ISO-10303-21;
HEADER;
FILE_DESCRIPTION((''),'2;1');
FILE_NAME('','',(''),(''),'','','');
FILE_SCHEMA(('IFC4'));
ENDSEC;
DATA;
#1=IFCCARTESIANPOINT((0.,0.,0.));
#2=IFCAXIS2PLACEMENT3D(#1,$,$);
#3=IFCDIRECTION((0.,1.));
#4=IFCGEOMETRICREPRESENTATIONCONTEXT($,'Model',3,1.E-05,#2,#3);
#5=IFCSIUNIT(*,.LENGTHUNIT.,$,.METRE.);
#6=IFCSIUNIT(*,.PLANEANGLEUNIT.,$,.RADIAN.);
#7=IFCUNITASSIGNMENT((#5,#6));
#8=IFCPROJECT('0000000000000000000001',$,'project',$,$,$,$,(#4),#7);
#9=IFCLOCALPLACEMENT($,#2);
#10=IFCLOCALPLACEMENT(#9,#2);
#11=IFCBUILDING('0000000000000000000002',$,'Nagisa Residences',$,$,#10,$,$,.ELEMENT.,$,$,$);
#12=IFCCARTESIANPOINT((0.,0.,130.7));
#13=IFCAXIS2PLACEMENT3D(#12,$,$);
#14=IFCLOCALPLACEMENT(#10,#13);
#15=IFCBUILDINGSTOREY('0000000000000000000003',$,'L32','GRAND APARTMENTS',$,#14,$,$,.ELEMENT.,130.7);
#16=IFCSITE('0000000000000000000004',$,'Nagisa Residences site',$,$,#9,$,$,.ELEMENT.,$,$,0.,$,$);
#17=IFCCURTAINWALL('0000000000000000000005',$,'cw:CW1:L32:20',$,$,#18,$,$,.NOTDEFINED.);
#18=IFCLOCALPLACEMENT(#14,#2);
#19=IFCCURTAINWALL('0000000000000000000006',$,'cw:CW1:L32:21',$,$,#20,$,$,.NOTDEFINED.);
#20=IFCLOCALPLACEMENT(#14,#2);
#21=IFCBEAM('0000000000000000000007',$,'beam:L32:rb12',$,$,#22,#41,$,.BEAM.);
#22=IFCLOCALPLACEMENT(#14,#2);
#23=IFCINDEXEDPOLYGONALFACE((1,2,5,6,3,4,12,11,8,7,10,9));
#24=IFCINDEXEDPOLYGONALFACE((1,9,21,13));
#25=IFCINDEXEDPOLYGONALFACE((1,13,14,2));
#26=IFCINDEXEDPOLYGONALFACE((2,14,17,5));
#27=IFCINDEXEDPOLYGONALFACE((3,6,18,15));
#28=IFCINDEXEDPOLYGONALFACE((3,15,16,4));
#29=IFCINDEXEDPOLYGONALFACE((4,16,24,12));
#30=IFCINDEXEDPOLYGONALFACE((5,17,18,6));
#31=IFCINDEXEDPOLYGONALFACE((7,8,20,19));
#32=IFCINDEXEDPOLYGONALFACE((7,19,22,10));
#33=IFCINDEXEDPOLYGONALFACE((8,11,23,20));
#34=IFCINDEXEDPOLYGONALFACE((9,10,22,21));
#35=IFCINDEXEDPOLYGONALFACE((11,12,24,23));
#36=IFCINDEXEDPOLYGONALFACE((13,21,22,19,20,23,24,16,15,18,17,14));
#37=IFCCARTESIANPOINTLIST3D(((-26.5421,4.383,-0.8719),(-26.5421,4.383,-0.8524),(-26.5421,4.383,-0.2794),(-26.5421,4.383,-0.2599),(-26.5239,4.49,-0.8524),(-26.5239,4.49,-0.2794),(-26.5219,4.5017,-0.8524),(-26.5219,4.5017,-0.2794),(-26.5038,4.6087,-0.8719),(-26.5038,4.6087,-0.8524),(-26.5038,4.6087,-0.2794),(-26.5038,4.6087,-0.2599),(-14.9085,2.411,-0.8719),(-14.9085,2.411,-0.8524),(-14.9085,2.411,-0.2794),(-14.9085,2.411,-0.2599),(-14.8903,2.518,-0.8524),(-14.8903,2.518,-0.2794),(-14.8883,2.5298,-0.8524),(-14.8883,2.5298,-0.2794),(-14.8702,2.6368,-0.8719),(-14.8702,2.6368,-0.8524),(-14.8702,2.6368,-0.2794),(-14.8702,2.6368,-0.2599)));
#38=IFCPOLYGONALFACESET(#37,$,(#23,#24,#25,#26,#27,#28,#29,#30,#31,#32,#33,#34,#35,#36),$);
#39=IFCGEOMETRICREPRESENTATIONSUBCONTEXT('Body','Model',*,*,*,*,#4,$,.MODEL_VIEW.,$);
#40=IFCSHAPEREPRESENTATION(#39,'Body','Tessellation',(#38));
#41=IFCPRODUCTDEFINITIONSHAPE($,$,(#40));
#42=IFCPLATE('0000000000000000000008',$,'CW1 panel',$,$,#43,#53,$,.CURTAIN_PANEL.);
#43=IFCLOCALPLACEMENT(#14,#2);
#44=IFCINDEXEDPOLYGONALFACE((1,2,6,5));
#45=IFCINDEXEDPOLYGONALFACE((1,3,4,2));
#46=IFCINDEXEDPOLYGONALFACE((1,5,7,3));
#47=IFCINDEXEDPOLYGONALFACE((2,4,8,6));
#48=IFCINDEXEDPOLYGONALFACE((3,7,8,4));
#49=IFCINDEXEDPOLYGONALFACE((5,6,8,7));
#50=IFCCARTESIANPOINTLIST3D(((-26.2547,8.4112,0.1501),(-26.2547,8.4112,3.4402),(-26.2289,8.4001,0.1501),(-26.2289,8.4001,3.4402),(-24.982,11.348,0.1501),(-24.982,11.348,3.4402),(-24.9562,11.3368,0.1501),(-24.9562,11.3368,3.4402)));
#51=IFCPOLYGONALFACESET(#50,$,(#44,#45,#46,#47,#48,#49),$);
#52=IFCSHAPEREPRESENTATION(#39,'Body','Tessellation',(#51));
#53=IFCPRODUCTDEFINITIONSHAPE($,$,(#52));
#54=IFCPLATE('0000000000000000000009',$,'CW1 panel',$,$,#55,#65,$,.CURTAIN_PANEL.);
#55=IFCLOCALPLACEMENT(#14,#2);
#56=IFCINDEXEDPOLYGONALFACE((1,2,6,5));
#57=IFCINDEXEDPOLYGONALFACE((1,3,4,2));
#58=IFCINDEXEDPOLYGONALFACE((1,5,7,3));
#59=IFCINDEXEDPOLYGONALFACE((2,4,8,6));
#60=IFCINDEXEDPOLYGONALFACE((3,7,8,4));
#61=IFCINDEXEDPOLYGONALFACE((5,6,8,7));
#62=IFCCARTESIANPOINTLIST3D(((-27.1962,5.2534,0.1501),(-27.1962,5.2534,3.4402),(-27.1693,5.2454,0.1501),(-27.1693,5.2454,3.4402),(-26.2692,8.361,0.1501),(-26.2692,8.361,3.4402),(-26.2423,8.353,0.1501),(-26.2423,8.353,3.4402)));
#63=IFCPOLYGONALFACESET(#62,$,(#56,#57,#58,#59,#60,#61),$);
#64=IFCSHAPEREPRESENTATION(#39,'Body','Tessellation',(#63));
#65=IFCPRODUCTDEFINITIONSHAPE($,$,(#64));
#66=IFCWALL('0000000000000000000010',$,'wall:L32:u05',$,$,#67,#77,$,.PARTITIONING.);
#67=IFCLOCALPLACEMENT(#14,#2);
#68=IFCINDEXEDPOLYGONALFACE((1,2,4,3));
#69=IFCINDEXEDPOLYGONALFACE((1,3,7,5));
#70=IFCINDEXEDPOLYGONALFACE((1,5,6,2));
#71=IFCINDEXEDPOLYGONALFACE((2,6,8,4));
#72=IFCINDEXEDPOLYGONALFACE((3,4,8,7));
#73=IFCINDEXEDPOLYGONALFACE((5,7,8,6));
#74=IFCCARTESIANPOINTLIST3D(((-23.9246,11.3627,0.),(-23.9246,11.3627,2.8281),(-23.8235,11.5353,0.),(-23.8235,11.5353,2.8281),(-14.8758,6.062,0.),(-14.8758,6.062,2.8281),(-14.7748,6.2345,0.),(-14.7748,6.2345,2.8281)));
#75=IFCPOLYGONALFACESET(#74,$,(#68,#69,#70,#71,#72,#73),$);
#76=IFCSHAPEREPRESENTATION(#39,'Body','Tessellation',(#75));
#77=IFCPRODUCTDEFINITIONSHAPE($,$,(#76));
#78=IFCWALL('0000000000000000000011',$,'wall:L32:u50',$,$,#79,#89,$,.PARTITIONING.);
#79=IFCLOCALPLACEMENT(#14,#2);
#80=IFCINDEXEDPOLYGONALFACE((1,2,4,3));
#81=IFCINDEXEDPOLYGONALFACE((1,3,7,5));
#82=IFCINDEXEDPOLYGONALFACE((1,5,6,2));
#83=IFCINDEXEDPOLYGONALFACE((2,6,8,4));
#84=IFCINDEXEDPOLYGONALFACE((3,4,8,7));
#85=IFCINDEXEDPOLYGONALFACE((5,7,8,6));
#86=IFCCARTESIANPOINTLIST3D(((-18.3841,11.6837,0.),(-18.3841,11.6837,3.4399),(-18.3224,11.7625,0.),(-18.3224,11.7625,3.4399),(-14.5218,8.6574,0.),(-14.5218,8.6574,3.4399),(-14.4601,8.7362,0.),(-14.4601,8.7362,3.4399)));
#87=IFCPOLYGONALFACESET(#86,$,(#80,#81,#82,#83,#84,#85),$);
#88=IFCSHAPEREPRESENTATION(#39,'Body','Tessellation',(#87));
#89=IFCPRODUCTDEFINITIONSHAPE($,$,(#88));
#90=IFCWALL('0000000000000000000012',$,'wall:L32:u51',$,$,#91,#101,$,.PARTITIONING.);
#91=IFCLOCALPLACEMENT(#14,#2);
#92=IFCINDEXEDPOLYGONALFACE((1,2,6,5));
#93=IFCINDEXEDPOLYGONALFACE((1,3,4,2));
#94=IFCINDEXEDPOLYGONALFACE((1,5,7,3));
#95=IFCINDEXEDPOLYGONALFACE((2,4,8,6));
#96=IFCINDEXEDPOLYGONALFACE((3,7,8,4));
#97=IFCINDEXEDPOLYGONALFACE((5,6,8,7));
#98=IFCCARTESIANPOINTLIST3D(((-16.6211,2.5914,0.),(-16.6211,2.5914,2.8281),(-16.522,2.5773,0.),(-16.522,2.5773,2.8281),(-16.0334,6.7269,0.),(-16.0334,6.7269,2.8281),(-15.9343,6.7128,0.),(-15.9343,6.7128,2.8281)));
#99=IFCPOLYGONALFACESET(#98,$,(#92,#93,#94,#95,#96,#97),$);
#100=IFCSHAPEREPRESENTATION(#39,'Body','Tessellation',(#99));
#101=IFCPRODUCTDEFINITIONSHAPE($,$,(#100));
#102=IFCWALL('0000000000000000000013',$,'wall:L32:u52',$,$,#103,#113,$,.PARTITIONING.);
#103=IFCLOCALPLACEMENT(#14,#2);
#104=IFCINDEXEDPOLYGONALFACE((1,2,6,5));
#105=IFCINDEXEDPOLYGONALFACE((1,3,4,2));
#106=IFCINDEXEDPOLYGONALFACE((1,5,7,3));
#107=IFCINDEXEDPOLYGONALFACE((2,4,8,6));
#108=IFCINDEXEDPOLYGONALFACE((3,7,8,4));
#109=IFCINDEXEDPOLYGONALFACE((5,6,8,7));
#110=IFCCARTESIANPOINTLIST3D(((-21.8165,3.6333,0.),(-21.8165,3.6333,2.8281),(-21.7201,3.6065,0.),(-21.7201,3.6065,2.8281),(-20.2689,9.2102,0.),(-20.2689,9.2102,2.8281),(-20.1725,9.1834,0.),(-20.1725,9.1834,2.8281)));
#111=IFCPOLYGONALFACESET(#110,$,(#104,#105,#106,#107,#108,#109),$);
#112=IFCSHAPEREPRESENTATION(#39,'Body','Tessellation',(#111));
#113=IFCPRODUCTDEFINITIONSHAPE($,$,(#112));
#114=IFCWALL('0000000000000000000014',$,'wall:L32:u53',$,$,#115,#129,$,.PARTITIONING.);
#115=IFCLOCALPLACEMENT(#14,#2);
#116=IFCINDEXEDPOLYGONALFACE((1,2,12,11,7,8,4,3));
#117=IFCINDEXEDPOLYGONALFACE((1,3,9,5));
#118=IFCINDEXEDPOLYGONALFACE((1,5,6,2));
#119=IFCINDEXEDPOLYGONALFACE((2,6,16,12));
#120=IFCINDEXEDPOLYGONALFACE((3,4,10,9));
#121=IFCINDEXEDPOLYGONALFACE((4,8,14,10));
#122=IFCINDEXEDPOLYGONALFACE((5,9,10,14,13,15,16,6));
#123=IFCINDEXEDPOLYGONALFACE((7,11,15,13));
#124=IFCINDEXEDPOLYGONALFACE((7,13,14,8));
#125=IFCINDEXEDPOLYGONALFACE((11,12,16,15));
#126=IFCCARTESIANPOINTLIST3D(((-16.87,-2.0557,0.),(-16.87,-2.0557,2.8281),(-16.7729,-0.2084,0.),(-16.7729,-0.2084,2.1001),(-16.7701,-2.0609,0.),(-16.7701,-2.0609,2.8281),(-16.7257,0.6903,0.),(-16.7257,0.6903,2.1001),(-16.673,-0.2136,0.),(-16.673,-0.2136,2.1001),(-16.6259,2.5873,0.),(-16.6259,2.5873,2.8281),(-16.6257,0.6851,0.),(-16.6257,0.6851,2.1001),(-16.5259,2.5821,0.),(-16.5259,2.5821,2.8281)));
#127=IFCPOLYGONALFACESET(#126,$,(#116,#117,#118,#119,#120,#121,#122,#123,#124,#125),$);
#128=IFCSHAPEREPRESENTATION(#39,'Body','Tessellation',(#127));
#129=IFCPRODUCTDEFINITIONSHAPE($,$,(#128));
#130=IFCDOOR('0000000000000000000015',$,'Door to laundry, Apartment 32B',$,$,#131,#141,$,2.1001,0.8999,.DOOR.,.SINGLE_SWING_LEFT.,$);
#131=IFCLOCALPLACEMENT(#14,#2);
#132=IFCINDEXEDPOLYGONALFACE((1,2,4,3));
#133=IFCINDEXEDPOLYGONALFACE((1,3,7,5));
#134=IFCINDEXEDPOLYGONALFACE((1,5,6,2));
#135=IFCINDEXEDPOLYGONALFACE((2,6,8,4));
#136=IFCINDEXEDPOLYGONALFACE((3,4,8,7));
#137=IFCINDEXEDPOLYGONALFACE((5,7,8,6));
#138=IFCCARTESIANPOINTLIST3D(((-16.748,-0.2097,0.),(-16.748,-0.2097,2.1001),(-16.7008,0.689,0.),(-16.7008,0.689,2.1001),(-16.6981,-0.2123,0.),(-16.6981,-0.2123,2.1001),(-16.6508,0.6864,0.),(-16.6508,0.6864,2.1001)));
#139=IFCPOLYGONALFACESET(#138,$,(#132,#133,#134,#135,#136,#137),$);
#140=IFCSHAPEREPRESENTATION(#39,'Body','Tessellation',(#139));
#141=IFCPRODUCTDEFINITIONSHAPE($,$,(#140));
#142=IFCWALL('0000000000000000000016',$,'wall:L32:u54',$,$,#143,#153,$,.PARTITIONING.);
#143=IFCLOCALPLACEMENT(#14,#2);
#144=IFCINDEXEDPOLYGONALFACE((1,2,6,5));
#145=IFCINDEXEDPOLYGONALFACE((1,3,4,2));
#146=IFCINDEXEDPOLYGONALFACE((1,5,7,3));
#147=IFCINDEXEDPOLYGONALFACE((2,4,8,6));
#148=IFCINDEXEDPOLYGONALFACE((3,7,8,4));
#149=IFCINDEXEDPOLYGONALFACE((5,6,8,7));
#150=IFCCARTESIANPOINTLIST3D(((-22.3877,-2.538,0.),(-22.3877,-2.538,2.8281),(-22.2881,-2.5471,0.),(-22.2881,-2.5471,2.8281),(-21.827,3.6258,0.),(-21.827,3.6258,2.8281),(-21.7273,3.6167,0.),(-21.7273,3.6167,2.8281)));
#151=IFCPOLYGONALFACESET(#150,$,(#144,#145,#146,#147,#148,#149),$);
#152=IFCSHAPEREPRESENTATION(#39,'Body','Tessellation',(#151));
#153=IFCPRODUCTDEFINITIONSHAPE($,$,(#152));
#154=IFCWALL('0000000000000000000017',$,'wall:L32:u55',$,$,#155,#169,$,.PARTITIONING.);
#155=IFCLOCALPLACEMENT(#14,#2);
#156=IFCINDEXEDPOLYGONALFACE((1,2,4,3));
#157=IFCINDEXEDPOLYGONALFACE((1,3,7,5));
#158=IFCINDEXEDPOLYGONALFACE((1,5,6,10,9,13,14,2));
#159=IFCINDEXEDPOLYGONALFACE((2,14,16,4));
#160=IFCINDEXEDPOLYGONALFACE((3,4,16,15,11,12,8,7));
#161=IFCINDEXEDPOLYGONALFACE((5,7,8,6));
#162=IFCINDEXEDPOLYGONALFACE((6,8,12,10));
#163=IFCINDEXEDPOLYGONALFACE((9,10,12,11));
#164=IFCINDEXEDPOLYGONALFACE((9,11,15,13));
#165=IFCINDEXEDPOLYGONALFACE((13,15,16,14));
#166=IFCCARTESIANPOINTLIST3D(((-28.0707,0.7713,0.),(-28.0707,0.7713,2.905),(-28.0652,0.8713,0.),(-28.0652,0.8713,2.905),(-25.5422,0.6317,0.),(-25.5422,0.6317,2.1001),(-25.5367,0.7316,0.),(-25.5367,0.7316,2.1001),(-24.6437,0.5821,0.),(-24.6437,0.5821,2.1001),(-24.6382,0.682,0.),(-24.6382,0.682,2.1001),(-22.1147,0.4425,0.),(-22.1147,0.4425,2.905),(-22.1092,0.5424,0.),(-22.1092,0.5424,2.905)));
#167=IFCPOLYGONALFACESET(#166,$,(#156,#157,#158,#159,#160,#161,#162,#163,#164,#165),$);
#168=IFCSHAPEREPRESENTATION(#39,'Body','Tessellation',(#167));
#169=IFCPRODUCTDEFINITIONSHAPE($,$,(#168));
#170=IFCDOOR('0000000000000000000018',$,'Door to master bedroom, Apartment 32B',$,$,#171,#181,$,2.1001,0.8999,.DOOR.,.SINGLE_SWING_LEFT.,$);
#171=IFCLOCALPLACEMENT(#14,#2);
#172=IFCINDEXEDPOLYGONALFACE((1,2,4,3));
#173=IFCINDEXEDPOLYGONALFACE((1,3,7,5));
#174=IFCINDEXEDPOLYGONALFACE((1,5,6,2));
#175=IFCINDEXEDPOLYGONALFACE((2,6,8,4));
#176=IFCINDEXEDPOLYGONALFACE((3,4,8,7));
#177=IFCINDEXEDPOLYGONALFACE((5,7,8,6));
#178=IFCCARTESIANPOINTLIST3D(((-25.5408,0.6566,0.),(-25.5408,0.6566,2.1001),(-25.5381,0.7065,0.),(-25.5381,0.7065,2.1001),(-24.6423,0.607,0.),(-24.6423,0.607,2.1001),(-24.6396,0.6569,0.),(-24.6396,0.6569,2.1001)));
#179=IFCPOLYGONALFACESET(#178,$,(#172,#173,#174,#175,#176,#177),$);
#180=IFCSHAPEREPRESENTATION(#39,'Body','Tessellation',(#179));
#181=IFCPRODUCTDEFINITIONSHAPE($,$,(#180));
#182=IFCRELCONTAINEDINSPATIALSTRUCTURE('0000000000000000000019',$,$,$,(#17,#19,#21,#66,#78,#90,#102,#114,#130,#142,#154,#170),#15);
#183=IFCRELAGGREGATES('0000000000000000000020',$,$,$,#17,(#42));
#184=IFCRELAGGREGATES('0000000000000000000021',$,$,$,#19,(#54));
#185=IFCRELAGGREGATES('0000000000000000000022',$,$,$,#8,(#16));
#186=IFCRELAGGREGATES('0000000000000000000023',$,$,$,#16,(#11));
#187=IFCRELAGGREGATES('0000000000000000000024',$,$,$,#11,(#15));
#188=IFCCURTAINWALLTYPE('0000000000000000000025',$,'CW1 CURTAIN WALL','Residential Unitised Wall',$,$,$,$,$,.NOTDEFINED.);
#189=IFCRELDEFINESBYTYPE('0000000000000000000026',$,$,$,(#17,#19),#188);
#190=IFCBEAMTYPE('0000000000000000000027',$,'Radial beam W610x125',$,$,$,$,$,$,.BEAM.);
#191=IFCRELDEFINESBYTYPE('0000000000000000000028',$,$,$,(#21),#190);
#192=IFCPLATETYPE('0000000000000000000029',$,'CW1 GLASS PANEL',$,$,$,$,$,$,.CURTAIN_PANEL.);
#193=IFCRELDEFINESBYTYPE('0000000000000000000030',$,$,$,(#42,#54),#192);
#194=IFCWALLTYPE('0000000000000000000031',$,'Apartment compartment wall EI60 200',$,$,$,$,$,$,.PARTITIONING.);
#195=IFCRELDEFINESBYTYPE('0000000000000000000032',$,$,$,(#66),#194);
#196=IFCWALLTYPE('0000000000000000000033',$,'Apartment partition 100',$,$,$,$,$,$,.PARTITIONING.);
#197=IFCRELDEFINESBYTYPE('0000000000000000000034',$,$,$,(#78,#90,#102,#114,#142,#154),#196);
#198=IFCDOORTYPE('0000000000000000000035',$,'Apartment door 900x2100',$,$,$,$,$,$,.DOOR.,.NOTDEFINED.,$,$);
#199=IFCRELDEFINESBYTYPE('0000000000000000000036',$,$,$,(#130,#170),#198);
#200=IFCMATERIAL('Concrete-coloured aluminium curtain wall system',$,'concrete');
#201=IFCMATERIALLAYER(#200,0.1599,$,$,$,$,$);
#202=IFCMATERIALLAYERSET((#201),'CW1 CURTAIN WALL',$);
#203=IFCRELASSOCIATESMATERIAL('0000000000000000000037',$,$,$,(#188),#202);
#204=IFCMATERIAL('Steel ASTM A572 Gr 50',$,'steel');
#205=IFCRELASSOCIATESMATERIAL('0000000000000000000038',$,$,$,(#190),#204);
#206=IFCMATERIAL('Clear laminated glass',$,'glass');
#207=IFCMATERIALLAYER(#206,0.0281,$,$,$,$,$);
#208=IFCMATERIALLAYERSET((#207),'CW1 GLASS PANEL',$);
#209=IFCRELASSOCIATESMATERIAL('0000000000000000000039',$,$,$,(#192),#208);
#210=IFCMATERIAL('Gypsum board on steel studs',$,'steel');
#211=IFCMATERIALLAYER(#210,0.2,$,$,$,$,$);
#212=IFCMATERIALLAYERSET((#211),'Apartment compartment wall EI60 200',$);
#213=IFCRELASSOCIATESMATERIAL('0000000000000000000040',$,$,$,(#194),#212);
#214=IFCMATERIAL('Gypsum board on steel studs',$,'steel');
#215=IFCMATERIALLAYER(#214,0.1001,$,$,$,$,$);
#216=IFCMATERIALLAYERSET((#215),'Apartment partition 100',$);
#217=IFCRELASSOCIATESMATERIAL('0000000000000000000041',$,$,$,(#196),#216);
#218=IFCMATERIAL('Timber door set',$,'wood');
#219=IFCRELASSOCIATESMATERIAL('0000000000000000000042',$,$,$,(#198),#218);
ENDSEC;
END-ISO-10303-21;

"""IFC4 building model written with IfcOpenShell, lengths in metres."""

from ifc_helpers import new_model, si_unit, direction, frame, frame_2d, origin, origin_2d, place, context, subcontext, project, spatial, rectangle, i_section, extrude, material, layer, layer_set, material_profile, profile_set, type_object, element, fill, aggregate, save


model = new_model("IFC4")

# Units and contexts
model_context = context("Model", 3, precision=1e-05, world=origin(), true_north=direction((0.0, 1.0)))
body_context = subcontext(model_context, "Body", "Model", "MODEL_VIEW")
ifc_project = project(units=[si_unit("LENGTHUNIT", "METRE"), si_unit("PLANEANGLEUNIT", "RADIAN")], contexts=[model_context])

# Site, building, storey
site_placement = place(None, origin())
site = spatial("IfcSite", under=ifc_project, at=site_placement, Name="Nagisa Residences site", CompositionType="ELEMENT", RefElevation=0.0)
building_placement = place(site_placement, origin())
building = spatial("IfcBuilding", under=site, at=building_placement, Name="Nagisa Residences", CompositionType="ELEMENT")
storey_placement = place(building_placement, frame((0.0, 0.0, 130.7)))
storey = spatial("IfcBuildingStorey", under=building, at=storey_placement, Name="L32", Description="GRAND APARTMENTS", CompositionType="ELEMENT", Elevation=130.7)

# Curtain walls
ifc_material_1 = material(Name="Concrete-coloured aluminium curtain wall system", Category="concrete")
ifc_layer_1 = layer(ifc_material_1, 0.1599)
ifc_layer_set_1 = layer_set([ifc_layer_1], Name="CW1 CURTAIN WALL")
curtain_wall_type = type_object("IfcCurtainWallType", Name="CW1 CURTAIN WALL", Description="Residential Unitised Wall", PredefinedType="NOTDEFINED", material=ifc_layer_set_1)
curtain_wall_1_placement = place(storey_placement, origin())
curtain_wall_1 = element("IfcCurtainWall", 1, at=curtain_wall_1_placement, inside=storey, type_object=curtain_wall_type, Name="cw:CW1:L32:20", PredefinedType="NOTDEFINED")
curtain_wall_2_placement = place(storey_placement, origin())
curtain_wall_2 = element("IfcCurtainWall", 2, at=curtain_wall_2_placement, inside=storey, type_object=curtain_wall_type, Name="cw:CW1:L32:21", PredefinedType="NOTDEFINED")

# Beam
ifc_material_2 = material(Name="Steel ASTM A572 Gr 50", Category="steel")
ifc_material_profile_1 = material_profile(ifc_material_2, i_section(OverallWidth=0.229, OverallDepth=0.6121, WebThickness=0.012, FlangeThickness=0.0195, at=origin_2d()), Name="W610x125")
ifc_profile_set_1 = profile_set([ifc_material_profile_1], Name="Steel ASTM A572 Gr 50")
beam_type_1 = type_object("IfcBeamType", Name="Radial beam W610x125", PredefinedType="BEAM", material=ifc_profile_set_1)
beam_1_placement = place(storey_placement, frame((-26.5229, 4.4958, -0.5659), z_axis=(0.985937, -0.167119, 0.0), x_axis=(0.167119, 0.985937, 0.0)))
element("IfcBeam", 3, at=beam_1_placement, inside=storey, type_object=beam_type_1, Name="beam:L32:rb12", PredefinedType="BEAM", context=body_context, shape_type="SweptSolid", body=[
    extrude(i_section(OverallWidth=0.229, OverallDepth=0.6121, WebThickness=0.012, FlangeThickness=0.0195, at=origin_2d()), origin(), (0.0, 0.0, 1.0), 11.7996),
])

# Plates
ifc_material_3 = material(Name="Clear laminated glass", Category="glass")
ifc_layer_2 = layer(ifc_material_3, 0.0281)
ifc_layer_set_2 = layer_set([ifc_layer_2], Name="CW1 GLASS PANEL")
plate_type = type_object("IfcPlateType", Name="CW1 GLASS PANEL", PredefinedType="CURTAIN_PANEL", material=ifc_layer_set_2)
plate_1_placement = place(storey_placement, frame((-25.6055, 9.874, 0.1501), z_axis=(0.0, 0.0, 1.0), x_axis=(-0.397636, -0.917543, 0.0)))
plate_1 = element("IfcPlate", 4, at=plate_1_placement, type_object=plate_type, Name="CW1 panel", PredefinedType="CURTAIN_PANEL", context=body_context, shape_type="SweptSolid", body=[
    extrude(rectangle(XDim=3.2007, YDim=0.0281, at=origin_2d()), origin(), (0.0, 0.0, 1.0), 3.29),
])
aggregate(curtain_wall_1, [plate_1])
plate_2_placement = place(storey_placement, frame((-26.7192, 6.8032, 0.1501), z_axis=(0.0, 0.0, 1.0), x_axis=(-0.28586, -0.958271, 0.0)))
plate_2 = element("IfcPlate", 5, at=plate_2_placement, type_object=plate_type, Name="CW1 panel", PredefinedType="CURTAIN_PANEL", context=body_context, shape_type="SweptSolid", body=[
    extrude(rectangle(XDim=3.2429, YDim=0.0281, at=origin_2d()), origin(), (0.0, 0.0, 1.0), 3.29),
])
aggregate(curtain_wall_2, [plate_2])

# Walls
ifc_material_4 = material(Name="Gypsum board on steel studs", Category="steel")
ifc_layer_3 = layer(ifc_material_4, 0.2)
ifc_layer_set_3 = layer_set([ifc_layer_3], Name="Apartment compartment wall EI60 200")
wall_type_1 = type_object("IfcWallType", Name="Apartment compartment wall EI60 200", PredefinedType="PARTITIONING", material=ifc_layer_set_3)
wall_1_placement = place(storey_placement, frame((-14.8252, 6.1482, 0.0), z_axis=(0.0, 0.0, 1.0), x_axis=(-0.862852, 0.505457, 0.0)))
element("IfcWall", 6, at=wall_1_placement, inside=storey, type_object=wall_type_1, Name="wall:L32:u05", PredefinedType="PARTITIONING", context=body_context, shape_type="SweptSolid", body=[
    extrude(rectangle(XDim=10.4871, YDim=0.2, at=frame_2d((5.2437, 0.0))), origin(), (0.0, 0.0, 1.0), 2.8281),
])
ifc_material_5 = material(Name="Gypsum board on steel studs", Category="steel")
ifc_layer_4 = layer(ifc_material_5, 0.1001)
ifc_layer_set_4 = layer_set([ifc_layer_4], Name="Apartment partition 100")
wall_type_2 = type_object("IfcWallType", Name="Apartment partition 100", PredefinedType="PARTITIONING", material=ifc_layer_set_4)
wall_2_placement = place(storey_placement, frame((-14.491, 8.6968, 0.0), z_axis=(0.0, 0.0, 1.0), x_axis=(-0.787139, 0.616775, 0.0)))
element("IfcWall", 7, at=wall_2_placement, inside=storey, type_object=wall_type_2, Name="wall:L32:u50", PredefinedType="PARTITIONING", context=body_context, shape_type="SweptSolid", body=[
    extrude(rectangle(XDim=4.9067, YDim=0.1001, at=frame_2d((2.4534, 0.0))), origin(), (0.0, 0.0, 1.0), 3.4399),
])
wall_3_placement = place(storey_placement, frame((-15.9839, 6.7197, 0.0), z_axis=(0.0, 0.0, 1.0), x_axis=(-0.140685, -0.990054, 0.0)))
element("IfcWall", 8, at=wall_3_placement, inside=storey, type_object=wall_type_2, Name="wall:L32:u51", PredefinedType="PARTITIONING", context=body_context, shape_type="SweptSolid", body=[
    extrude(rectangle(XDim=4.177, YDim=0.1001, at=frame_2d((2.0884, 0.0))), origin(), (0.0, 0.0, 1.0), 2.8281),
])
wall_4_placement = place(storey_placement, frame((-20.2207, 9.1968, 0.0), z_axis=(0.0, 0.0, 1.0), x_axis=(-0.267398, -0.963586, 0.0)))
element("IfcWall", 9, at=wall_4_placement, inside=storey, type_object=wall_type_2, Name="wall:L32:u52", PredefinedType="PARTITIONING", context=body_context, shape_type="SweptSolid", body=[
    extrude(rectangle(XDim=5.7876, YDim=0.1001, at=frame_2d((2.8938, 0.0))), origin(), (0.0, 0.0, 1.0), 2.8281),
])

# Wall, opening, door
wall_5_placement = place(storey_placement, frame((-16.5759, 2.5847, 0.0), z_axis=(0.0, 0.0, 1.0), x_axis=(-0.052509, -0.99862, 0.0)))
wall_5 = element("IfcWall", 10, at=wall_5_placement, inside=storey, type_object=wall_type_2, Name="wall:L32:u53", PredefinedType="PARTITIONING", context=body_context, shape_type="SweptSolid", body=[
    extrude(rectangle(XDim=4.6494, YDim=0.1001, at=frame_2d((2.3247, 0.0))), origin(), (0.0, 0.0, 1.0), 2.8281),
])
opening_1_placement = place(wall_5_placement, frame((1.8997, 0.0, 0.0)))
opening_1 = element("IfcOpeningElement", 11, at=opening_1_placement, cuts=wall_5, PredefinedType="OPENING", context=body_context, shape_type="SweptSolid", body=[
    extrude(rectangle(XDim=0.8999, YDim=2.1001, at=frame_2d((0.45, 1.05))), frame((0.0, 0.0601, 0.0), z_axis=(0.0, -1.0, 0.0), x_axis=(1.0, 0.0, 0.0)), (0.0, 0.0, 1.0), 0.1201),
])
ifc_material_6 = material(Name="Timber door set", Category="wood")
door_type_1 = type_object("IfcDoorType", Name="Apartment door 900x2100", OperationType="NOTDEFINED", PredefinedType="DOOR", material=ifc_material_6)
door_1_placement = place(opening_1_placement, origin())
door_1 = element("IfcDoor", 12, at=door_1_placement, inside=storey, type_object=door_type_1, Name="Door to laundry, Apartment 32B", OperationType="SINGLE_SWING_LEFT", OverallHeight=2.1001, OverallWidth=0.8999, PredefinedType="DOOR", context=body_context, shape_type="SweptSolid", body=[
    extrude(rectangle(XDim=0.8999, YDim=2.1001, at=frame_2d((0.45, 1.05))), frame((0.0, 0.0249, 0.0), z_axis=(0.0, -1.0, 0.0), x_axis=(1.0, 0.0, 0.0)), (0.0, 0.0, 1.0), 0.05),
])
fill(opening_1, door_1)

# Wall
wall_6_placement = place(storey_placement, frame((-21.7771, 3.6213, 0.0), z_axis=(0.0, 0.0, 1.0), x_axis=(-0.090607, -0.995887, 0.0)))
element("IfcWall", 13, at=wall_6_placement, inside=storey, type_object=wall_type_2, Name="wall:L32:u54", PredefinedType="PARTITIONING", context=body_context, shape_type="SweptSolid", body=[
    extrude(rectangle(XDim=6.1892, YDim=0.1001, at=frame_2d((3.0947, 0.0))), origin(), (0.0, 0.0, 1.0), 2.8281),
])

# Wall, opening, door
wall_7_placement = place(storey_placement, frame((-22.1121, 0.4924, 0.0), z_axis=(0.0, 0.0, 1.0), x_axis=(-0.998479, 0.05513, 0.0)))
wall_7 = element("IfcWall", 14, at=wall_7_placement, inside=storey, type_object=wall_type_2, Name="wall:L32:u55", PredefinedType="PARTITIONING", context=body_context, shape_type="SweptSolid", body=[
    extrude(rectangle(XDim=5.9651, YDim=0.1001, at=frame_2d((2.9824, 0.0))), origin(), (0.0, 0.0, 1.0), 2.905),
])
opening_2_placement = place(wall_7_placement, frame((2.5327, 0.0, 0.0)))
opening_2 = element("IfcOpeningElement", 15, at=opening_2_placement, cuts=wall_7, PredefinedType="OPENING", context=body_context, shape_type="SweptSolid", body=[
    extrude(rectangle(XDim=0.8999, YDim=2.1001, at=frame_2d((0.45, 1.05))), frame((0.0, 0.0601, 0.0), z_axis=(0.0, -1.0, 0.0), x_axis=(1.0, 0.0, 0.0)), (0.0, 0.0, 1.0), 0.1201),
])
door_2_placement = place(opening_2_placement, frame((0.8999, 0.0, 0.0), x_axis=(-1.0, 0.0, 0.0)))
door_2 = element("IfcDoor", 16, at=door_2_placement, inside=storey, type_object=door_type_1, Name="Door to master bedroom, Apartment 32B", OperationType="SINGLE_SWING_LEFT", OverallHeight=2.1001, OverallWidth=0.8999, PredefinedType="DOOR", context=body_context, shape_type="SweptSolid", body=[
    extrude(rectangle(XDim=0.8999, YDim=2.1001, at=frame_2d((0.45, 1.05))), frame((0.0, 0.0249, 0.0), z_axis=(0.0, -1.0, 0.0), x_axis=(1.0, 0.0, 0.0)), (0.0, 0.0, 1.0), 0.05),
])
fill(opening_2, door_2)

save(model, "model.ifc")
